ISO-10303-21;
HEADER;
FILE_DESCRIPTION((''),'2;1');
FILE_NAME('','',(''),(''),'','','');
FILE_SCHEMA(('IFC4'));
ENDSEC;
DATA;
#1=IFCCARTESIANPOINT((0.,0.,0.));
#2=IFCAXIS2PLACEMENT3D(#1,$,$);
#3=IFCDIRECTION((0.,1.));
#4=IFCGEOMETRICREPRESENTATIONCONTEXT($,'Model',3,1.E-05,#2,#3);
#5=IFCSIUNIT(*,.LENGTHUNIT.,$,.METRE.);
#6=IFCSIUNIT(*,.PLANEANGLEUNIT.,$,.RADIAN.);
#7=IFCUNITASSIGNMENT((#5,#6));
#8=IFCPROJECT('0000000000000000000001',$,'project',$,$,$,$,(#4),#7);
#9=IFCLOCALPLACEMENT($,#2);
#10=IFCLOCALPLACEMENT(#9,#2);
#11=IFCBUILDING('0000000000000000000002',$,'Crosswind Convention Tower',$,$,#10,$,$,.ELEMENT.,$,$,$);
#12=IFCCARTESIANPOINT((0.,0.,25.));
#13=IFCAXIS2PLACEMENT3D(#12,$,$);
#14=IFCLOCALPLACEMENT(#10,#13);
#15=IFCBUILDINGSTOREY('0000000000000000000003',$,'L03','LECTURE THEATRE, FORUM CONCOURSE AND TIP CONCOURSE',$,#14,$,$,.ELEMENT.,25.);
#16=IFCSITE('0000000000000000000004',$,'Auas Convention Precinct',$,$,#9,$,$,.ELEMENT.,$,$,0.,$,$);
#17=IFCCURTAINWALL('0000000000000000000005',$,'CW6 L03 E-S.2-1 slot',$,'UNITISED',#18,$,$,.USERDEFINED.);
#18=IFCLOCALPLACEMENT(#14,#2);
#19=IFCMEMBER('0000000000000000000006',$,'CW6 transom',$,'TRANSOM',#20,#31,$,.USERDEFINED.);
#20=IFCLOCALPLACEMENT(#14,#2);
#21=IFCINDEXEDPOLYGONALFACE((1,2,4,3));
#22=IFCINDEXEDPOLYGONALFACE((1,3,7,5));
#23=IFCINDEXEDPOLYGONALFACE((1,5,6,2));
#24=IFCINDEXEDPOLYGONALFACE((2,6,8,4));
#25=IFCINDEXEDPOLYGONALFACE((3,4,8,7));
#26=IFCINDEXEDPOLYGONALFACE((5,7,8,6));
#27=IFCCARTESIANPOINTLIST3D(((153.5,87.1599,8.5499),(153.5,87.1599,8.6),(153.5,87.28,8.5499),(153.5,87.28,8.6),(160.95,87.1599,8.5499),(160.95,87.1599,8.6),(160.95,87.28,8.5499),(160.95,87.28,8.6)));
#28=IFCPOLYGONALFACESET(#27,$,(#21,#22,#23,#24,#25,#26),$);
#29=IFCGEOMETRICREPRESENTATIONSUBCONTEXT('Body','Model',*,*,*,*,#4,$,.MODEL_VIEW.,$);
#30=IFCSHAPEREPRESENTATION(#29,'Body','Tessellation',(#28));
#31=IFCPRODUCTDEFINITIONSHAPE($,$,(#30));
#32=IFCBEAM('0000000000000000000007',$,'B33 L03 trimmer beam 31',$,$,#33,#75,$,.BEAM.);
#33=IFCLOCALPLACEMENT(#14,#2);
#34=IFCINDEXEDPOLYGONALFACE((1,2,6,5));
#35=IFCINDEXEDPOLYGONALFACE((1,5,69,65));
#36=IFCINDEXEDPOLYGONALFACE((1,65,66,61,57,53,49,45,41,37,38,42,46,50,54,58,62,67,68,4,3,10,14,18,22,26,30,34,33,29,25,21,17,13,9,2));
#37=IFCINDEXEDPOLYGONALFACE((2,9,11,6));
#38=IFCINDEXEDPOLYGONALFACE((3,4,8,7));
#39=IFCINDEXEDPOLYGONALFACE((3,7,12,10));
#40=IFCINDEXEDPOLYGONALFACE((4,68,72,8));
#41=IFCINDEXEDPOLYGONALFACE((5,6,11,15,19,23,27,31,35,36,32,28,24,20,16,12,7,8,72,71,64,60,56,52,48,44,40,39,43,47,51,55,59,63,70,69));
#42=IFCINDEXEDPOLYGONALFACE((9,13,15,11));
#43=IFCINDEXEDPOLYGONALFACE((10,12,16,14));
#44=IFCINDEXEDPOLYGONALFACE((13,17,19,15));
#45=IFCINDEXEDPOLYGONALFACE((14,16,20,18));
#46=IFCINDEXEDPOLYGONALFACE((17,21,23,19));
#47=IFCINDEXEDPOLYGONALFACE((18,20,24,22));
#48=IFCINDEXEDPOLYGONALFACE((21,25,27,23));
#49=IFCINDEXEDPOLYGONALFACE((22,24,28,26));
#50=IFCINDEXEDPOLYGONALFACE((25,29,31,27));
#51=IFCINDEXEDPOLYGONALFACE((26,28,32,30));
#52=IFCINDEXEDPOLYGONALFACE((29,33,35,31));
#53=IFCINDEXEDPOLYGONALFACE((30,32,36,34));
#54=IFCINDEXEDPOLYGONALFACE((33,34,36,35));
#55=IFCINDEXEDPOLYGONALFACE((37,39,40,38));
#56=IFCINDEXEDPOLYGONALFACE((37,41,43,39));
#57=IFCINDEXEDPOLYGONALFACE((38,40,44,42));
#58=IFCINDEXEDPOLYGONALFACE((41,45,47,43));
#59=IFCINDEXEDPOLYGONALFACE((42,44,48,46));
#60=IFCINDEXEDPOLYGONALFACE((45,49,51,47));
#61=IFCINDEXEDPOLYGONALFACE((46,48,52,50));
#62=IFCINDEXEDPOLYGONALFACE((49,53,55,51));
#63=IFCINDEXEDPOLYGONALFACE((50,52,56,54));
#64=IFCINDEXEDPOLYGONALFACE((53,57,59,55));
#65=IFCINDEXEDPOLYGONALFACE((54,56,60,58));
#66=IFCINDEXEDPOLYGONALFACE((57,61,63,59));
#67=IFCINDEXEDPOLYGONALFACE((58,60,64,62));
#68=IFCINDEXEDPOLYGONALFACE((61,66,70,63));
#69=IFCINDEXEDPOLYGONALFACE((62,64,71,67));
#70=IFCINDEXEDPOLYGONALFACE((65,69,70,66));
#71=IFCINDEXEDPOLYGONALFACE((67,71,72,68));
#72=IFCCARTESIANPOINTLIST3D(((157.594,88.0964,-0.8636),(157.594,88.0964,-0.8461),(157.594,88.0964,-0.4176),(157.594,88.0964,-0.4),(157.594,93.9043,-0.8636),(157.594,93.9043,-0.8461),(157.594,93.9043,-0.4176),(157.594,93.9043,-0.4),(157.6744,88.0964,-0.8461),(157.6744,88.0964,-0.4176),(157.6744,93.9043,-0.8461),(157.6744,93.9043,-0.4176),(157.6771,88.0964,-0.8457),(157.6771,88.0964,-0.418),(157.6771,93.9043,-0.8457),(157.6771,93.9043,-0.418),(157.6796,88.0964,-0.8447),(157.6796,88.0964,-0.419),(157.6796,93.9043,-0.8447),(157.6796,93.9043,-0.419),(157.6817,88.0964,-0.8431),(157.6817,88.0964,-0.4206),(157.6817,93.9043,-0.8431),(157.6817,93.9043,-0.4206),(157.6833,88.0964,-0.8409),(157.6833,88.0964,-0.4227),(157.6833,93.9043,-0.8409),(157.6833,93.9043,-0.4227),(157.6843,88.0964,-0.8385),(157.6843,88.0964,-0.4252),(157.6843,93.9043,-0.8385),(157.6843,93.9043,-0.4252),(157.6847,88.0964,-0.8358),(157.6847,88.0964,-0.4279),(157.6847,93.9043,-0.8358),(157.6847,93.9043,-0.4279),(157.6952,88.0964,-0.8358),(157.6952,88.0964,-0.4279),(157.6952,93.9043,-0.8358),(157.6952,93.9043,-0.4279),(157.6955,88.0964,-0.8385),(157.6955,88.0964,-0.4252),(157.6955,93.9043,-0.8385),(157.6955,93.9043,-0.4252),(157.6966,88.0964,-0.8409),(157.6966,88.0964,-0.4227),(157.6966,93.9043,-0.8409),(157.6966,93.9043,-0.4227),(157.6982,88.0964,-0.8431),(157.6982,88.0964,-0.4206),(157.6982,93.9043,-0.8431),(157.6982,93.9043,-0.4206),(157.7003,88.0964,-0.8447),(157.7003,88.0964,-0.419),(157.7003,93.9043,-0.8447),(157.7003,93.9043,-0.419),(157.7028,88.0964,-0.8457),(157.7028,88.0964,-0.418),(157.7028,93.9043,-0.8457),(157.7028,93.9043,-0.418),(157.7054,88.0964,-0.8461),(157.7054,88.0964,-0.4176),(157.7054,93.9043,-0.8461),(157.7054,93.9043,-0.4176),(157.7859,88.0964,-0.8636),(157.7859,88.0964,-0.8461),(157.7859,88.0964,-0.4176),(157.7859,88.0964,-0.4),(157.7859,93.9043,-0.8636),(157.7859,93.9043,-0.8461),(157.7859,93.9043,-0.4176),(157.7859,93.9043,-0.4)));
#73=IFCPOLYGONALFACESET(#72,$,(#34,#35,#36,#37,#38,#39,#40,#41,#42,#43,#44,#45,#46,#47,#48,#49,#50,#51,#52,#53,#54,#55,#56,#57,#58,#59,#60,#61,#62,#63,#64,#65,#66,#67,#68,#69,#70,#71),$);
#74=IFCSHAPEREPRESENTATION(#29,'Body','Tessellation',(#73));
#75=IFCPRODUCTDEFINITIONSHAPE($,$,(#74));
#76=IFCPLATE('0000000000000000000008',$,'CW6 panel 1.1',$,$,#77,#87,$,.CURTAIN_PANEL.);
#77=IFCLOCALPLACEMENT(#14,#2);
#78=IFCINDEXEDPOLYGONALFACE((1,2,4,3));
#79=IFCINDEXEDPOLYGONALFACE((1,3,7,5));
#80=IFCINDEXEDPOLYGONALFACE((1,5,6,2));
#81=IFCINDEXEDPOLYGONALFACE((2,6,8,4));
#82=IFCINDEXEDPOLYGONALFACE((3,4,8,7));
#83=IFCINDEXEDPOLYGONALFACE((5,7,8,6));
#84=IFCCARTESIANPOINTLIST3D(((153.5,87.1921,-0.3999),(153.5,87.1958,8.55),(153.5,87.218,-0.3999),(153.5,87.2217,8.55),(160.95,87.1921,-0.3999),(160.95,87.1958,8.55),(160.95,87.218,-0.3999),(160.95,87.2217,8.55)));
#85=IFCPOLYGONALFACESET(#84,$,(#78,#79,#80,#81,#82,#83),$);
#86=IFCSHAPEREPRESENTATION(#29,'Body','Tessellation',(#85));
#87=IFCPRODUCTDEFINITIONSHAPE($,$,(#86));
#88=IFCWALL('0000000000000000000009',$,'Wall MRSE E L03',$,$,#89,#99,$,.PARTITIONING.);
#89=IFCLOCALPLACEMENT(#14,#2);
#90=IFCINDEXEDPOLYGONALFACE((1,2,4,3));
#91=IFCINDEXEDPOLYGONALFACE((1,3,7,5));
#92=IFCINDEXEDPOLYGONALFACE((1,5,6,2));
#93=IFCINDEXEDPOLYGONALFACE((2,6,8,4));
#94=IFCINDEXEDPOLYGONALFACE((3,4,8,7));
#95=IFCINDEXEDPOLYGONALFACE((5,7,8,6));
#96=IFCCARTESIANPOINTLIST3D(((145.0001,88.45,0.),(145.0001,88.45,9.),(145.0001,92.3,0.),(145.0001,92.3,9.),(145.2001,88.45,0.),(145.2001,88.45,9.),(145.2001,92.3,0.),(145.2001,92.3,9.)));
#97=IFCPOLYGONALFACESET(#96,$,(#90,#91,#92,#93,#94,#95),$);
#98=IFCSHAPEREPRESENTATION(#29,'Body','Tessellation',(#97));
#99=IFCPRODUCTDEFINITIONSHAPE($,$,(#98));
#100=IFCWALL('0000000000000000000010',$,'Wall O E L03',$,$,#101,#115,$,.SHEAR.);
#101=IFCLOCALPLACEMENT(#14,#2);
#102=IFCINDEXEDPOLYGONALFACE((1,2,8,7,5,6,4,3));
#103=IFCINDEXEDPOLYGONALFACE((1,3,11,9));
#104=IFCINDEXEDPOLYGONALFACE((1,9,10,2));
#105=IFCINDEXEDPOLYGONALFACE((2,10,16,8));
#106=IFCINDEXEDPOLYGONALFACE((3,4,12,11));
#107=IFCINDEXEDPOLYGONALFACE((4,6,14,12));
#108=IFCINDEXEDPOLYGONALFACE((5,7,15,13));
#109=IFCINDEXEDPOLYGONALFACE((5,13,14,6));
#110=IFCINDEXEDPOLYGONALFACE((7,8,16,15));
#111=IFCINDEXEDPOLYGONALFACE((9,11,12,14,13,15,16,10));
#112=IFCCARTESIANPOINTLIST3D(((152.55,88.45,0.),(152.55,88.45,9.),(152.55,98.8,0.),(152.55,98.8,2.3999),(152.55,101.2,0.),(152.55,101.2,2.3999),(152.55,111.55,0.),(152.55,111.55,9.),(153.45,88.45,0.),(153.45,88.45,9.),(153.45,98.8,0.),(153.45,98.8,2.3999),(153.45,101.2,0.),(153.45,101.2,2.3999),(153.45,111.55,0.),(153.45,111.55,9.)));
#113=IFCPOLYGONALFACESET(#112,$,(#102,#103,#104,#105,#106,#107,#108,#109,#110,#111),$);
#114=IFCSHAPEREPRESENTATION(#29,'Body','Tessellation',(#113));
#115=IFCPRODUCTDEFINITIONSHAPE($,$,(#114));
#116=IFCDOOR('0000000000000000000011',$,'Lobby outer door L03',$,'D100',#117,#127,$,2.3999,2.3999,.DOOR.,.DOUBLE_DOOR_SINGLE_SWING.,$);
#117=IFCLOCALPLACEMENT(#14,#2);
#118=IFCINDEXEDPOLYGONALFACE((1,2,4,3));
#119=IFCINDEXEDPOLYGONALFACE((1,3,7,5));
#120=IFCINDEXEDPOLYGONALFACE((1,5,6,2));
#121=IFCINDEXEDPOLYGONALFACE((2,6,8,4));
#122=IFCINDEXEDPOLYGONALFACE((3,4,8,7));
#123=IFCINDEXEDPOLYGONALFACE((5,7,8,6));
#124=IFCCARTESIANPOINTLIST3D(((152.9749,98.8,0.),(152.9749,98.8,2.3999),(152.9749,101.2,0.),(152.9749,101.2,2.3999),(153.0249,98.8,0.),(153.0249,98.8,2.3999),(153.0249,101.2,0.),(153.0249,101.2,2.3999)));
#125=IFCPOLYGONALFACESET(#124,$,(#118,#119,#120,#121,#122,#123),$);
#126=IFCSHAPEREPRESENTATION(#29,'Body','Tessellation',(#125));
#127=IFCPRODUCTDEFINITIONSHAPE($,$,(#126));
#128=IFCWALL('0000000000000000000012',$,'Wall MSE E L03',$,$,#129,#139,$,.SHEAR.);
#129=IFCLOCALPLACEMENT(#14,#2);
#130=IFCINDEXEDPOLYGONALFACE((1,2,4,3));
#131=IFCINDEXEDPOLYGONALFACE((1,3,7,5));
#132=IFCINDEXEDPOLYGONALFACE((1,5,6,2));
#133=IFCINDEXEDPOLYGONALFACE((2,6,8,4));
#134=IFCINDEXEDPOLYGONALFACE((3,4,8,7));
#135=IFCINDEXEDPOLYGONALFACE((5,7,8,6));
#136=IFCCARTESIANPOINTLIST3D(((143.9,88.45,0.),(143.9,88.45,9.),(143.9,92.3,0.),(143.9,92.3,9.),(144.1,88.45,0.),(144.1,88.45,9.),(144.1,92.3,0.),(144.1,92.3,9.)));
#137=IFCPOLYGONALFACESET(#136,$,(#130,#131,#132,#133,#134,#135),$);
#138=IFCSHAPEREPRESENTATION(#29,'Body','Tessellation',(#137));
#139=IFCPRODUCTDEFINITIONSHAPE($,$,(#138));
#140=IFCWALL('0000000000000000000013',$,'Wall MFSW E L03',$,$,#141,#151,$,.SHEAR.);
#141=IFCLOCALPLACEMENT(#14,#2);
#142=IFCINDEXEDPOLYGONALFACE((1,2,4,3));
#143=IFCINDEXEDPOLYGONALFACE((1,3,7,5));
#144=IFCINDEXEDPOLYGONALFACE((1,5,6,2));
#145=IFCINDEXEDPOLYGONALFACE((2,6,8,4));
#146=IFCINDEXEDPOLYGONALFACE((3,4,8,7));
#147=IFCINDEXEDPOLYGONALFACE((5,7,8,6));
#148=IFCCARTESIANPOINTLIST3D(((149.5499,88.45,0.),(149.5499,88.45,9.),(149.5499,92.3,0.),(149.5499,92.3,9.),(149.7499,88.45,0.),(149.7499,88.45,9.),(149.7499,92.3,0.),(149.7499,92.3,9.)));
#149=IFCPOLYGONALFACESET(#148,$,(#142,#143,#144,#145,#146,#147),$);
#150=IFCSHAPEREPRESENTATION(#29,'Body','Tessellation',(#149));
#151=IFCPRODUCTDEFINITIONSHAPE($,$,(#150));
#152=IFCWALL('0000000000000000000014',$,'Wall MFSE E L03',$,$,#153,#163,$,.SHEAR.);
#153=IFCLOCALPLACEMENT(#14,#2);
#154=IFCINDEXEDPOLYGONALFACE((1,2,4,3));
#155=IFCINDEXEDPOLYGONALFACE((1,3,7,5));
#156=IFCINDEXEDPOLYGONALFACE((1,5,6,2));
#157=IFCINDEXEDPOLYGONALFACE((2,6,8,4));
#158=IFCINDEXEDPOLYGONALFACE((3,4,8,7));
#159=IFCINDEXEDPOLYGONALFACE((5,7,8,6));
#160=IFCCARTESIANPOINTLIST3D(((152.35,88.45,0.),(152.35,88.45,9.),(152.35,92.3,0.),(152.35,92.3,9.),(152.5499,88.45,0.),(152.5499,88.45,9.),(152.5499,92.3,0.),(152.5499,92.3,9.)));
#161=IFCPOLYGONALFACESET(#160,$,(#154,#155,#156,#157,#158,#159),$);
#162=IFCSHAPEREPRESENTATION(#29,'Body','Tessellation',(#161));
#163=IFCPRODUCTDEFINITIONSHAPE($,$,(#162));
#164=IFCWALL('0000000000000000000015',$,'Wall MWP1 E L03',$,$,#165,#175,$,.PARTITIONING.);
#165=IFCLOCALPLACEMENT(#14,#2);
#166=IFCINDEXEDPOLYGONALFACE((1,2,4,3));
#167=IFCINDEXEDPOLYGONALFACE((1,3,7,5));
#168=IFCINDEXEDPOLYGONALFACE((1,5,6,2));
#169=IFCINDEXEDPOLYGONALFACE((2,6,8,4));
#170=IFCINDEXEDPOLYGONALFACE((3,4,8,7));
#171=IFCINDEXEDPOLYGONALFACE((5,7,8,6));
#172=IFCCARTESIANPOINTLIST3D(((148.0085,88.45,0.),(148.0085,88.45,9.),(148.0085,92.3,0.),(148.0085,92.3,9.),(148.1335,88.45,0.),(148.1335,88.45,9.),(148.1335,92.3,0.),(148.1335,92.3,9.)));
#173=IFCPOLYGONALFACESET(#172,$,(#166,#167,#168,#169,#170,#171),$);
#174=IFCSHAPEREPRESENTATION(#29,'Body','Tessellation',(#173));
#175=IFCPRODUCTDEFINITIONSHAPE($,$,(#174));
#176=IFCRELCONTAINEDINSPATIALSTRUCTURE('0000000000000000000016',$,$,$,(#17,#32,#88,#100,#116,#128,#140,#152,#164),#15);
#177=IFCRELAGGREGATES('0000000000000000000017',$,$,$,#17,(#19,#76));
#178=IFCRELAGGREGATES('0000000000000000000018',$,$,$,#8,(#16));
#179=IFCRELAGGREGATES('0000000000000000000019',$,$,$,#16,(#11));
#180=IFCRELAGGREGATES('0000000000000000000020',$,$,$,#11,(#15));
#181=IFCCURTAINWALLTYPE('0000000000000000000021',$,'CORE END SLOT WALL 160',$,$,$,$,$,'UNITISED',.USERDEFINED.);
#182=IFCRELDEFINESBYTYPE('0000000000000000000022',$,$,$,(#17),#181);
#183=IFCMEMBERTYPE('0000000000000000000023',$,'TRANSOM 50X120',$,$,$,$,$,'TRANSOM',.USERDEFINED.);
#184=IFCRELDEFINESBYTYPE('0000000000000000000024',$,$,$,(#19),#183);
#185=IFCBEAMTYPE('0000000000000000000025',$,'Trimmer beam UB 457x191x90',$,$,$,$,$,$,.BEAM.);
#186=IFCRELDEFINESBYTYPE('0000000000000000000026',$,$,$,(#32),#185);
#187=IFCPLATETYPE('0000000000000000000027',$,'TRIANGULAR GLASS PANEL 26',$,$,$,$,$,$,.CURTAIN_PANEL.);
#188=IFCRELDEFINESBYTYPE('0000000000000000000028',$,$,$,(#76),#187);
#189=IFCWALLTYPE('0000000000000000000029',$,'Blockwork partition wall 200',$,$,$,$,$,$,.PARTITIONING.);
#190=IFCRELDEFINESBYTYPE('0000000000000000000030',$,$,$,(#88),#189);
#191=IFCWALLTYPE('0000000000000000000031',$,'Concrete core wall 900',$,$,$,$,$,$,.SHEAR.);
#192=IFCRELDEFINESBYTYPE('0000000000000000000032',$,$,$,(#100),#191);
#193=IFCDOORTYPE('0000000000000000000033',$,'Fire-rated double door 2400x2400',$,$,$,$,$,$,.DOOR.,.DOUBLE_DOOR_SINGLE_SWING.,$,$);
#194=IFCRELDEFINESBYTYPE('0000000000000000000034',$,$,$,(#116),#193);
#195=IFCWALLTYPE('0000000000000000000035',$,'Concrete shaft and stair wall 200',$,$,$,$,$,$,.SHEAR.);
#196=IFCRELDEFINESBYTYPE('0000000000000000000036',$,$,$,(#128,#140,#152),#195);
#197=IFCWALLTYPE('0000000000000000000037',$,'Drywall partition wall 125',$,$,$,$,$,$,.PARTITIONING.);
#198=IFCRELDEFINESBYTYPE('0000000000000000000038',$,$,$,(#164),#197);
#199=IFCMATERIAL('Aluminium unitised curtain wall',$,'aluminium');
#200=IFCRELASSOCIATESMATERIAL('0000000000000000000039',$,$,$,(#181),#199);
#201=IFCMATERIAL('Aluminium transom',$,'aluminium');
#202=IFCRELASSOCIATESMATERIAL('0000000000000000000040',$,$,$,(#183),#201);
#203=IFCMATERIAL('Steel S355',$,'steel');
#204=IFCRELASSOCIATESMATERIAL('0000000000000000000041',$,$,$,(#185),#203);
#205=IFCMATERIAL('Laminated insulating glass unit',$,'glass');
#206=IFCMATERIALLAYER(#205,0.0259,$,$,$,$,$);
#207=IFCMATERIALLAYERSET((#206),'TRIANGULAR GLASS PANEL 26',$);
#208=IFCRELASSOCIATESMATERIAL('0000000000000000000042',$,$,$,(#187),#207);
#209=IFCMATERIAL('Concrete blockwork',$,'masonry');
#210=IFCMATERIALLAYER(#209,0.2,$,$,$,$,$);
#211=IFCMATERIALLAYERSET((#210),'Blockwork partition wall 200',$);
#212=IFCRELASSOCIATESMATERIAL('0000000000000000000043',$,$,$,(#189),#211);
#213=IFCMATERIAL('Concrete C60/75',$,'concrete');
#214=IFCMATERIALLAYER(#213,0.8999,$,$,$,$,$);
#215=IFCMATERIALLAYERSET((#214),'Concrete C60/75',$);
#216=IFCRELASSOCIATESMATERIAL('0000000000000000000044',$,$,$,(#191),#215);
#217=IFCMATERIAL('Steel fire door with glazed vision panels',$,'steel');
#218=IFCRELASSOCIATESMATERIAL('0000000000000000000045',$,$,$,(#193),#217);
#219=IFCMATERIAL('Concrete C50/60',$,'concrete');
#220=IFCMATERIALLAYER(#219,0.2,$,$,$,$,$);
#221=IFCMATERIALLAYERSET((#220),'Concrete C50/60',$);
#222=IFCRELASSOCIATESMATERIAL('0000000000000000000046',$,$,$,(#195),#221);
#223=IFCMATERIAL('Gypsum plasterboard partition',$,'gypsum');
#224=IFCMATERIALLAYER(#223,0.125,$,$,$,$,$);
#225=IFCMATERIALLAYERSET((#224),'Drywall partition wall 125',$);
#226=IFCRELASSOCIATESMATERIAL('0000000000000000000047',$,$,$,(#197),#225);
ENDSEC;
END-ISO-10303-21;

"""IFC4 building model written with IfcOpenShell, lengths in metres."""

from ifc_helpers import new_model, si_unit, direction, frame, frame_2d, origin, origin_2d, place, context, subcontext, project, spatial, polyline, rectangle, i_section, outline, extrude, material, layer, layer_set, material_profile, profile_set, type_object, element, fill, aggregate, save


model = new_model("IFC4")

# Units and contexts
model_context = context("Model", 3, precision=1e-05, world=origin(), true_north=direction((0.0, 1.0)))
body_context = subcontext(model_context, "Body", "Model", "MODEL_VIEW")
ifc_project = project(units=[si_unit("LENGTHUNIT", "METRE"), si_unit("PLANEANGLEUNIT", "RADIAN")], contexts=[model_context])

# Site, building, storey
site_placement = place(None, origin())
site = spatial("IfcSite", under=ifc_project, at=site_placement, Name="Auas Convention Precinct", CompositionType="ELEMENT", RefElevation=0.0)
building_placement = place(site_placement, origin())
building = spatial("IfcBuilding", under=site, at=building_placement, Name="Crosswind Convention Tower", CompositionType="ELEMENT")
storey_placement = place(building_placement, frame((0.0, 0.0, 25.0)))
storey = spatial("IfcBuildingStorey", under=building, at=storey_placement, Name="L03", Description="LECTURE THEATRE, FORUM CONCOURSE AND TIP CONCOURSE", CompositionType="ELEMENT", Elevation=25.0)

# Shared definitions
ifc_material_1 = material(Name="Concrete C60/75", Category="concrete")

# Shared definitions
ifc_material_2 = material(Name="Steel S355", Category="steel")

# Curtain wall
ifc_material_3 = material(Name="Aluminium unitised curtain wall", Category="aluminium")
curtain_wall_type = type_object("IfcCurtainWallType", Name="CORE END SLOT WALL 160", ElementType="UNITISED", PredefinedType="USERDEFINED", material=ifc_material_3)
curtain_wall_placement = place(storey_placement, origin())
curtain_wall = element("IfcCurtainWall", 1, at=curtain_wall_placement, inside=storey, type_object=curtain_wall_type, Name="CW6 L03 E-S.2-1 slot", ObjectType="UNITISED", PredefinedType="USERDEFINED")

# Member
ifc_material_4 = material(Name="Aluminium transom", Category="aluminium")
ifc_material_profile_1 = material_profile(ifc_material_4, rectangle(XDim=0.1201, YDim=0.05, at=origin_2d()), Name="AL 120X50")
ifc_profile_set_1 = profile_set([ifc_material_profile_1], Name="Aluminium transom")
member_type_1 = type_object("IfcMemberType", Name="TRANSOM 50X120", ElementType="TRANSOM", PredefinedType="USERDEFINED", material=ifc_profile_set_1)
member_1_placement = place(storey_placement, frame((153.5, 87.22, 8.575), z_axis=(1.0, 0.0, 0.0), x_axis=(0.0, 1.0, 0.0)))
member_1 = element("IfcMember", 2, at=member_1_placement, type_object=member_type_1, Name="CW6 transom", ObjectType="TRANSOM", PredefinedType="USERDEFINED", context=body_context, shape_type="SweptSolid", body=[
    extrude(rectangle(XDim=0.1201, YDim=0.05, at=origin_2d()), origin(), (0.0, 0.0, 1.0), 7.45),
])

# Beam
ifc_material_profile_2 = material_profile(ifc_material_2, i_section(OverallWidth=0.1919, OverallDepth=0.4636, WebThickness=0.0105, FlangeThickness=0.0176, FilletRadius=0.0103, at=origin_2d()), Name="UB 457x191x90")
ifc_profile_set_2 = profile_set([ifc_material_profile_2], Name="Steel S355")
beam_type_1 = type_object("IfcBeamType", Name="Trimmer beam UB 457x191x90", PredefinedType="BEAM", material=ifc_profile_set_2)
beam_1_placement = place(storey_placement, frame((157.6899, 88.0964, -0.6318), z_axis=(0.0, 1.0, 0.0), x_axis=(-1.0, 0.0, 0.0)))
element("IfcBeam", 3, at=beam_1_placement, inside=storey, type_object=beam_type_1, Name="B33 L03 trimmer beam 31", PredefinedType="BEAM", context=body_context, shape_type="SweptSolid", body=[
    extrude(i_section(OverallWidth=0.1919, OverallDepth=0.4636, WebThickness=0.0105, FlangeThickness=0.0176, FilletRadius=0.0103, at=origin_2d()), origin(), (0.0, 0.0, 1.0), 5.8079),
])

# Plate
ifc_material_5 = material(Name="Laminated insulating glass unit", Category="glass")
ifc_layer_1 = layer(ifc_material_5, 0.0259)
ifc_layer_set_1 = layer_set([ifc_layer_1], Name="TRIANGULAR GLASS PANEL 26")
plate_type = type_object("IfcPlateType", Name="TRIANGULAR GLASS PANEL 26", PredefinedType="CURTAIN_PANEL", material=ifc_layer_set_1)
plate_placement = place(storey_placement, frame((153.5, 87.1921, -0.3999), z_axis=(0.0, -1.0, 0.000409), x_axis=(1.0, 0.0, 0.0)))
plate = element("IfcPlate", 4, at=plate_placement, type_object=plate_type, Name="CW6 panel 1.1", PredefinedType="CURTAIN_PANEL", context=body_context, shape_type="SweptSolid", body=[
    extrude(outline(polyline([(0.0, 0.0), (7.45, 0.0), (7.45, 8.95), (0.0, 8.95), (0.0, 0.0)])), origin(), (0.0, 0.0, -1.0), 0.0259),
])
aggregate(curtain_wall, [member_1, plate])

# Wall
ifc_material_6 = material(Name="Concrete blockwork", Category="masonry")
ifc_layer_2 = layer(ifc_material_6, 0.2)
ifc_layer_set_2 = layer_set([ifc_layer_2], Name="Blockwork partition wall 200")
wall_type_1 = type_object("IfcWallType", Name="Blockwork partition wall 200", PredefinedType="PARTITIONING", material=ifc_layer_set_2)
wall_1_placement = place(storey_placement, frame((145.1001, 88.45, 0.0), z_axis=(0.0, 0.0, 1.0), x_axis=(0.0, 1.0, 0.0)))
element("IfcWall", 5, at=wall_1_placement, inside=storey, type_object=wall_type_1, Name="Wall MRSE E L03", PredefinedType="PARTITIONING", context=body_context, shape_type="SweptSolid", body=[
    extrude(rectangle(XDim=3.8501, YDim=0.2, at=frame_2d((1.925, 0.0))), origin(), (0.0, 0.0, 1.0), 9.0),
])

# Wall, opening, door
ifc_layer_3 = layer(ifc_material_1, 0.8999)
ifc_layer_set_3 = layer_set([ifc_layer_3], Name="Concrete C60/75")
wall_type_2 = type_object("IfcWallType", Name="Concrete core wall 900", PredefinedType="SHEAR", material=ifc_layer_set_3)
wall_2_placement = place(storey_placement, frame((153.0, 88.45, 0.0), z_axis=(0.0, 0.0, 1.0), x_axis=(0.0, 1.0, 0.0)))
wall_2 = element("IfcWall", 6, at=wall_2_placement, inside=storey, type_object=wall_type_2, Name="Wall O E L03", PredefinedType="SHEAR", context=body_context, shape_type="SweptSolid", body=[
    extrude(rectangle(XDim=23.1001, YDim=0.8999, at=frame_2d((11.55, 0.0))), origin(), (0.0, 0.0, 1.0), 9.0),
])
opening_1_placement = place(wall_2_placement, frame((10.3501, 0.0, 0.0)))
opening_1 = element("IfcOpeningElement", 7, at=opening_1_placement, cuts=wall_2, PredefinedType="OPENING", context=body_context, shape_type="SweptSolid", body=[
    extrude(rectangle(XDim=2.3999, YDim=2.3999, at=frame_2d((1.2, 1.2))), frame((0.0, 0.46, 0.0), z_axis=(0.0, -1.0, 0.0), x_axis=(1.0, 0.0, 0.0)), (0.0, 0.0, 1.0), 0.9199),
])
ifc_material_7 = material(Name="Steel fire door with glazed vision panels", Category="steel")
door_type = type_object("IfcDoorType", Name="Fire-rated double door 2400x2400", OperationType="DOUBLE_DOOR_SINGLE_SWING", PredefinedType="DOOR", material=ifc_material_7)
door_placement = place(opening_1_placement, frame((2.3999, 0.0, 0.0), z_axis=(0.0, 0.0, 1.0), x_axis=(-1.0, 0.0, 0.0)))
door = element("IfcDoor", 8, at=door_placement, inside=storey, type_object=door_type, Name="Lobby outer door L03", ObjectType="D100", OperationType="DOUBLE_DOOR_SINGLE_SWING", OverallHeight=2.3999, OverallWidth=2.3999, PredefinedType="DOOR", context=body_context, shape_type="SweptSolid", body=[
    extrude(rectangle(XDim=2.3999, YDim=2.3999, at=frame_2d((1.2, 1.2))), frame((0.0, 0.0249, 0.0), z_axis=(0.0, -1.0, 0.0), x_axis=(1.0, 0.0, 0.0)), (0.0, 0.0, 1.0), 0.05),
])
fill(opening_1, door)

# Walls
ifc_material_8 = material(Name="Concrete C50/60", Category="concrete")
ifc_layer_4 = layer(ifc_material_8, 0.2)
ifc_layer_set_4 = layer_set([ifc_layer_4], Name="Concrete C50/60")
wall_type_3 = type_object("IfcWallType", Name="Concrete shaft and stair wall 200", PredefinedType="SHEAR", material=ifc_layer_set_4)
for number, where, z_axis, x_axis, name in (
    (9, (144.0, 88.45, 0.0), (0.0, 0.0, 1.0), (0.0, 1.0, 0.0), "Wall MSE E L03"),
    (10, (149.6499, 88.45, 0.0), (0.0, 0.0, 1.0), (0.0, 1.0, 0.0), "Wall MFSW E L03"),
    (11, (152.45, 88.45, 0.0), (0.0, 0.0, 1.0), (0.0, 1.0, 0.0), "Wall MFSE E L03"),
):
    element("IfcWall", number, at=place(storey_placement, frame(where, z_axis=z_axis, x_axis=x_axis)), inside=storey, type_object=wall_type_3, Name=name, PredefinedType="SHEAR", context=body_context, shape_type="SweptSolid", body=[
        extrude(rectangle(XDim=3.8501, YDim=0.2, at=frame_2d((1.925, 0.0))), origin(), (0.0, 0.0, 1.0), 9.0),
    ])
ifc_material_9 = material(Name="Gypsum plasterboard partition", Category="gypsum")
ifc_layer_5 = layer(ifc_material_9, 0.125)
ifc_layer_set_5 = layer_set([ifc_layer_5], Name="Drywall partition wall 125")
wall_type_4 = type_object("IfcWallType", Name="Drywall partition wall 125", PredefinedType="PARTITIONING", material=ifc_layer_set_5)
wall_3_placement = place(storey_placement, frame((148.071, 88.45, 0.0), z_axis=(0.0, 0.0, 1.0), x_axis=(0.0, 1.0, 0.0)))
element("IfcWall", 12, at=wall_3_placement, inside=storey, type_object=wall_type_4, Name="Wall MWP1 E L03", PredefinedType="PARTITIONING", context=body_context, shape_type="SweptSolid", body=[
    extrude(rectangle(XDim=3.8501, YDim=0.125, at=frame_2d((1.925, 0.0))), origin(), (0.0, 0.0, 1.0), 9.0),
])

save(model, "model.ifc")
